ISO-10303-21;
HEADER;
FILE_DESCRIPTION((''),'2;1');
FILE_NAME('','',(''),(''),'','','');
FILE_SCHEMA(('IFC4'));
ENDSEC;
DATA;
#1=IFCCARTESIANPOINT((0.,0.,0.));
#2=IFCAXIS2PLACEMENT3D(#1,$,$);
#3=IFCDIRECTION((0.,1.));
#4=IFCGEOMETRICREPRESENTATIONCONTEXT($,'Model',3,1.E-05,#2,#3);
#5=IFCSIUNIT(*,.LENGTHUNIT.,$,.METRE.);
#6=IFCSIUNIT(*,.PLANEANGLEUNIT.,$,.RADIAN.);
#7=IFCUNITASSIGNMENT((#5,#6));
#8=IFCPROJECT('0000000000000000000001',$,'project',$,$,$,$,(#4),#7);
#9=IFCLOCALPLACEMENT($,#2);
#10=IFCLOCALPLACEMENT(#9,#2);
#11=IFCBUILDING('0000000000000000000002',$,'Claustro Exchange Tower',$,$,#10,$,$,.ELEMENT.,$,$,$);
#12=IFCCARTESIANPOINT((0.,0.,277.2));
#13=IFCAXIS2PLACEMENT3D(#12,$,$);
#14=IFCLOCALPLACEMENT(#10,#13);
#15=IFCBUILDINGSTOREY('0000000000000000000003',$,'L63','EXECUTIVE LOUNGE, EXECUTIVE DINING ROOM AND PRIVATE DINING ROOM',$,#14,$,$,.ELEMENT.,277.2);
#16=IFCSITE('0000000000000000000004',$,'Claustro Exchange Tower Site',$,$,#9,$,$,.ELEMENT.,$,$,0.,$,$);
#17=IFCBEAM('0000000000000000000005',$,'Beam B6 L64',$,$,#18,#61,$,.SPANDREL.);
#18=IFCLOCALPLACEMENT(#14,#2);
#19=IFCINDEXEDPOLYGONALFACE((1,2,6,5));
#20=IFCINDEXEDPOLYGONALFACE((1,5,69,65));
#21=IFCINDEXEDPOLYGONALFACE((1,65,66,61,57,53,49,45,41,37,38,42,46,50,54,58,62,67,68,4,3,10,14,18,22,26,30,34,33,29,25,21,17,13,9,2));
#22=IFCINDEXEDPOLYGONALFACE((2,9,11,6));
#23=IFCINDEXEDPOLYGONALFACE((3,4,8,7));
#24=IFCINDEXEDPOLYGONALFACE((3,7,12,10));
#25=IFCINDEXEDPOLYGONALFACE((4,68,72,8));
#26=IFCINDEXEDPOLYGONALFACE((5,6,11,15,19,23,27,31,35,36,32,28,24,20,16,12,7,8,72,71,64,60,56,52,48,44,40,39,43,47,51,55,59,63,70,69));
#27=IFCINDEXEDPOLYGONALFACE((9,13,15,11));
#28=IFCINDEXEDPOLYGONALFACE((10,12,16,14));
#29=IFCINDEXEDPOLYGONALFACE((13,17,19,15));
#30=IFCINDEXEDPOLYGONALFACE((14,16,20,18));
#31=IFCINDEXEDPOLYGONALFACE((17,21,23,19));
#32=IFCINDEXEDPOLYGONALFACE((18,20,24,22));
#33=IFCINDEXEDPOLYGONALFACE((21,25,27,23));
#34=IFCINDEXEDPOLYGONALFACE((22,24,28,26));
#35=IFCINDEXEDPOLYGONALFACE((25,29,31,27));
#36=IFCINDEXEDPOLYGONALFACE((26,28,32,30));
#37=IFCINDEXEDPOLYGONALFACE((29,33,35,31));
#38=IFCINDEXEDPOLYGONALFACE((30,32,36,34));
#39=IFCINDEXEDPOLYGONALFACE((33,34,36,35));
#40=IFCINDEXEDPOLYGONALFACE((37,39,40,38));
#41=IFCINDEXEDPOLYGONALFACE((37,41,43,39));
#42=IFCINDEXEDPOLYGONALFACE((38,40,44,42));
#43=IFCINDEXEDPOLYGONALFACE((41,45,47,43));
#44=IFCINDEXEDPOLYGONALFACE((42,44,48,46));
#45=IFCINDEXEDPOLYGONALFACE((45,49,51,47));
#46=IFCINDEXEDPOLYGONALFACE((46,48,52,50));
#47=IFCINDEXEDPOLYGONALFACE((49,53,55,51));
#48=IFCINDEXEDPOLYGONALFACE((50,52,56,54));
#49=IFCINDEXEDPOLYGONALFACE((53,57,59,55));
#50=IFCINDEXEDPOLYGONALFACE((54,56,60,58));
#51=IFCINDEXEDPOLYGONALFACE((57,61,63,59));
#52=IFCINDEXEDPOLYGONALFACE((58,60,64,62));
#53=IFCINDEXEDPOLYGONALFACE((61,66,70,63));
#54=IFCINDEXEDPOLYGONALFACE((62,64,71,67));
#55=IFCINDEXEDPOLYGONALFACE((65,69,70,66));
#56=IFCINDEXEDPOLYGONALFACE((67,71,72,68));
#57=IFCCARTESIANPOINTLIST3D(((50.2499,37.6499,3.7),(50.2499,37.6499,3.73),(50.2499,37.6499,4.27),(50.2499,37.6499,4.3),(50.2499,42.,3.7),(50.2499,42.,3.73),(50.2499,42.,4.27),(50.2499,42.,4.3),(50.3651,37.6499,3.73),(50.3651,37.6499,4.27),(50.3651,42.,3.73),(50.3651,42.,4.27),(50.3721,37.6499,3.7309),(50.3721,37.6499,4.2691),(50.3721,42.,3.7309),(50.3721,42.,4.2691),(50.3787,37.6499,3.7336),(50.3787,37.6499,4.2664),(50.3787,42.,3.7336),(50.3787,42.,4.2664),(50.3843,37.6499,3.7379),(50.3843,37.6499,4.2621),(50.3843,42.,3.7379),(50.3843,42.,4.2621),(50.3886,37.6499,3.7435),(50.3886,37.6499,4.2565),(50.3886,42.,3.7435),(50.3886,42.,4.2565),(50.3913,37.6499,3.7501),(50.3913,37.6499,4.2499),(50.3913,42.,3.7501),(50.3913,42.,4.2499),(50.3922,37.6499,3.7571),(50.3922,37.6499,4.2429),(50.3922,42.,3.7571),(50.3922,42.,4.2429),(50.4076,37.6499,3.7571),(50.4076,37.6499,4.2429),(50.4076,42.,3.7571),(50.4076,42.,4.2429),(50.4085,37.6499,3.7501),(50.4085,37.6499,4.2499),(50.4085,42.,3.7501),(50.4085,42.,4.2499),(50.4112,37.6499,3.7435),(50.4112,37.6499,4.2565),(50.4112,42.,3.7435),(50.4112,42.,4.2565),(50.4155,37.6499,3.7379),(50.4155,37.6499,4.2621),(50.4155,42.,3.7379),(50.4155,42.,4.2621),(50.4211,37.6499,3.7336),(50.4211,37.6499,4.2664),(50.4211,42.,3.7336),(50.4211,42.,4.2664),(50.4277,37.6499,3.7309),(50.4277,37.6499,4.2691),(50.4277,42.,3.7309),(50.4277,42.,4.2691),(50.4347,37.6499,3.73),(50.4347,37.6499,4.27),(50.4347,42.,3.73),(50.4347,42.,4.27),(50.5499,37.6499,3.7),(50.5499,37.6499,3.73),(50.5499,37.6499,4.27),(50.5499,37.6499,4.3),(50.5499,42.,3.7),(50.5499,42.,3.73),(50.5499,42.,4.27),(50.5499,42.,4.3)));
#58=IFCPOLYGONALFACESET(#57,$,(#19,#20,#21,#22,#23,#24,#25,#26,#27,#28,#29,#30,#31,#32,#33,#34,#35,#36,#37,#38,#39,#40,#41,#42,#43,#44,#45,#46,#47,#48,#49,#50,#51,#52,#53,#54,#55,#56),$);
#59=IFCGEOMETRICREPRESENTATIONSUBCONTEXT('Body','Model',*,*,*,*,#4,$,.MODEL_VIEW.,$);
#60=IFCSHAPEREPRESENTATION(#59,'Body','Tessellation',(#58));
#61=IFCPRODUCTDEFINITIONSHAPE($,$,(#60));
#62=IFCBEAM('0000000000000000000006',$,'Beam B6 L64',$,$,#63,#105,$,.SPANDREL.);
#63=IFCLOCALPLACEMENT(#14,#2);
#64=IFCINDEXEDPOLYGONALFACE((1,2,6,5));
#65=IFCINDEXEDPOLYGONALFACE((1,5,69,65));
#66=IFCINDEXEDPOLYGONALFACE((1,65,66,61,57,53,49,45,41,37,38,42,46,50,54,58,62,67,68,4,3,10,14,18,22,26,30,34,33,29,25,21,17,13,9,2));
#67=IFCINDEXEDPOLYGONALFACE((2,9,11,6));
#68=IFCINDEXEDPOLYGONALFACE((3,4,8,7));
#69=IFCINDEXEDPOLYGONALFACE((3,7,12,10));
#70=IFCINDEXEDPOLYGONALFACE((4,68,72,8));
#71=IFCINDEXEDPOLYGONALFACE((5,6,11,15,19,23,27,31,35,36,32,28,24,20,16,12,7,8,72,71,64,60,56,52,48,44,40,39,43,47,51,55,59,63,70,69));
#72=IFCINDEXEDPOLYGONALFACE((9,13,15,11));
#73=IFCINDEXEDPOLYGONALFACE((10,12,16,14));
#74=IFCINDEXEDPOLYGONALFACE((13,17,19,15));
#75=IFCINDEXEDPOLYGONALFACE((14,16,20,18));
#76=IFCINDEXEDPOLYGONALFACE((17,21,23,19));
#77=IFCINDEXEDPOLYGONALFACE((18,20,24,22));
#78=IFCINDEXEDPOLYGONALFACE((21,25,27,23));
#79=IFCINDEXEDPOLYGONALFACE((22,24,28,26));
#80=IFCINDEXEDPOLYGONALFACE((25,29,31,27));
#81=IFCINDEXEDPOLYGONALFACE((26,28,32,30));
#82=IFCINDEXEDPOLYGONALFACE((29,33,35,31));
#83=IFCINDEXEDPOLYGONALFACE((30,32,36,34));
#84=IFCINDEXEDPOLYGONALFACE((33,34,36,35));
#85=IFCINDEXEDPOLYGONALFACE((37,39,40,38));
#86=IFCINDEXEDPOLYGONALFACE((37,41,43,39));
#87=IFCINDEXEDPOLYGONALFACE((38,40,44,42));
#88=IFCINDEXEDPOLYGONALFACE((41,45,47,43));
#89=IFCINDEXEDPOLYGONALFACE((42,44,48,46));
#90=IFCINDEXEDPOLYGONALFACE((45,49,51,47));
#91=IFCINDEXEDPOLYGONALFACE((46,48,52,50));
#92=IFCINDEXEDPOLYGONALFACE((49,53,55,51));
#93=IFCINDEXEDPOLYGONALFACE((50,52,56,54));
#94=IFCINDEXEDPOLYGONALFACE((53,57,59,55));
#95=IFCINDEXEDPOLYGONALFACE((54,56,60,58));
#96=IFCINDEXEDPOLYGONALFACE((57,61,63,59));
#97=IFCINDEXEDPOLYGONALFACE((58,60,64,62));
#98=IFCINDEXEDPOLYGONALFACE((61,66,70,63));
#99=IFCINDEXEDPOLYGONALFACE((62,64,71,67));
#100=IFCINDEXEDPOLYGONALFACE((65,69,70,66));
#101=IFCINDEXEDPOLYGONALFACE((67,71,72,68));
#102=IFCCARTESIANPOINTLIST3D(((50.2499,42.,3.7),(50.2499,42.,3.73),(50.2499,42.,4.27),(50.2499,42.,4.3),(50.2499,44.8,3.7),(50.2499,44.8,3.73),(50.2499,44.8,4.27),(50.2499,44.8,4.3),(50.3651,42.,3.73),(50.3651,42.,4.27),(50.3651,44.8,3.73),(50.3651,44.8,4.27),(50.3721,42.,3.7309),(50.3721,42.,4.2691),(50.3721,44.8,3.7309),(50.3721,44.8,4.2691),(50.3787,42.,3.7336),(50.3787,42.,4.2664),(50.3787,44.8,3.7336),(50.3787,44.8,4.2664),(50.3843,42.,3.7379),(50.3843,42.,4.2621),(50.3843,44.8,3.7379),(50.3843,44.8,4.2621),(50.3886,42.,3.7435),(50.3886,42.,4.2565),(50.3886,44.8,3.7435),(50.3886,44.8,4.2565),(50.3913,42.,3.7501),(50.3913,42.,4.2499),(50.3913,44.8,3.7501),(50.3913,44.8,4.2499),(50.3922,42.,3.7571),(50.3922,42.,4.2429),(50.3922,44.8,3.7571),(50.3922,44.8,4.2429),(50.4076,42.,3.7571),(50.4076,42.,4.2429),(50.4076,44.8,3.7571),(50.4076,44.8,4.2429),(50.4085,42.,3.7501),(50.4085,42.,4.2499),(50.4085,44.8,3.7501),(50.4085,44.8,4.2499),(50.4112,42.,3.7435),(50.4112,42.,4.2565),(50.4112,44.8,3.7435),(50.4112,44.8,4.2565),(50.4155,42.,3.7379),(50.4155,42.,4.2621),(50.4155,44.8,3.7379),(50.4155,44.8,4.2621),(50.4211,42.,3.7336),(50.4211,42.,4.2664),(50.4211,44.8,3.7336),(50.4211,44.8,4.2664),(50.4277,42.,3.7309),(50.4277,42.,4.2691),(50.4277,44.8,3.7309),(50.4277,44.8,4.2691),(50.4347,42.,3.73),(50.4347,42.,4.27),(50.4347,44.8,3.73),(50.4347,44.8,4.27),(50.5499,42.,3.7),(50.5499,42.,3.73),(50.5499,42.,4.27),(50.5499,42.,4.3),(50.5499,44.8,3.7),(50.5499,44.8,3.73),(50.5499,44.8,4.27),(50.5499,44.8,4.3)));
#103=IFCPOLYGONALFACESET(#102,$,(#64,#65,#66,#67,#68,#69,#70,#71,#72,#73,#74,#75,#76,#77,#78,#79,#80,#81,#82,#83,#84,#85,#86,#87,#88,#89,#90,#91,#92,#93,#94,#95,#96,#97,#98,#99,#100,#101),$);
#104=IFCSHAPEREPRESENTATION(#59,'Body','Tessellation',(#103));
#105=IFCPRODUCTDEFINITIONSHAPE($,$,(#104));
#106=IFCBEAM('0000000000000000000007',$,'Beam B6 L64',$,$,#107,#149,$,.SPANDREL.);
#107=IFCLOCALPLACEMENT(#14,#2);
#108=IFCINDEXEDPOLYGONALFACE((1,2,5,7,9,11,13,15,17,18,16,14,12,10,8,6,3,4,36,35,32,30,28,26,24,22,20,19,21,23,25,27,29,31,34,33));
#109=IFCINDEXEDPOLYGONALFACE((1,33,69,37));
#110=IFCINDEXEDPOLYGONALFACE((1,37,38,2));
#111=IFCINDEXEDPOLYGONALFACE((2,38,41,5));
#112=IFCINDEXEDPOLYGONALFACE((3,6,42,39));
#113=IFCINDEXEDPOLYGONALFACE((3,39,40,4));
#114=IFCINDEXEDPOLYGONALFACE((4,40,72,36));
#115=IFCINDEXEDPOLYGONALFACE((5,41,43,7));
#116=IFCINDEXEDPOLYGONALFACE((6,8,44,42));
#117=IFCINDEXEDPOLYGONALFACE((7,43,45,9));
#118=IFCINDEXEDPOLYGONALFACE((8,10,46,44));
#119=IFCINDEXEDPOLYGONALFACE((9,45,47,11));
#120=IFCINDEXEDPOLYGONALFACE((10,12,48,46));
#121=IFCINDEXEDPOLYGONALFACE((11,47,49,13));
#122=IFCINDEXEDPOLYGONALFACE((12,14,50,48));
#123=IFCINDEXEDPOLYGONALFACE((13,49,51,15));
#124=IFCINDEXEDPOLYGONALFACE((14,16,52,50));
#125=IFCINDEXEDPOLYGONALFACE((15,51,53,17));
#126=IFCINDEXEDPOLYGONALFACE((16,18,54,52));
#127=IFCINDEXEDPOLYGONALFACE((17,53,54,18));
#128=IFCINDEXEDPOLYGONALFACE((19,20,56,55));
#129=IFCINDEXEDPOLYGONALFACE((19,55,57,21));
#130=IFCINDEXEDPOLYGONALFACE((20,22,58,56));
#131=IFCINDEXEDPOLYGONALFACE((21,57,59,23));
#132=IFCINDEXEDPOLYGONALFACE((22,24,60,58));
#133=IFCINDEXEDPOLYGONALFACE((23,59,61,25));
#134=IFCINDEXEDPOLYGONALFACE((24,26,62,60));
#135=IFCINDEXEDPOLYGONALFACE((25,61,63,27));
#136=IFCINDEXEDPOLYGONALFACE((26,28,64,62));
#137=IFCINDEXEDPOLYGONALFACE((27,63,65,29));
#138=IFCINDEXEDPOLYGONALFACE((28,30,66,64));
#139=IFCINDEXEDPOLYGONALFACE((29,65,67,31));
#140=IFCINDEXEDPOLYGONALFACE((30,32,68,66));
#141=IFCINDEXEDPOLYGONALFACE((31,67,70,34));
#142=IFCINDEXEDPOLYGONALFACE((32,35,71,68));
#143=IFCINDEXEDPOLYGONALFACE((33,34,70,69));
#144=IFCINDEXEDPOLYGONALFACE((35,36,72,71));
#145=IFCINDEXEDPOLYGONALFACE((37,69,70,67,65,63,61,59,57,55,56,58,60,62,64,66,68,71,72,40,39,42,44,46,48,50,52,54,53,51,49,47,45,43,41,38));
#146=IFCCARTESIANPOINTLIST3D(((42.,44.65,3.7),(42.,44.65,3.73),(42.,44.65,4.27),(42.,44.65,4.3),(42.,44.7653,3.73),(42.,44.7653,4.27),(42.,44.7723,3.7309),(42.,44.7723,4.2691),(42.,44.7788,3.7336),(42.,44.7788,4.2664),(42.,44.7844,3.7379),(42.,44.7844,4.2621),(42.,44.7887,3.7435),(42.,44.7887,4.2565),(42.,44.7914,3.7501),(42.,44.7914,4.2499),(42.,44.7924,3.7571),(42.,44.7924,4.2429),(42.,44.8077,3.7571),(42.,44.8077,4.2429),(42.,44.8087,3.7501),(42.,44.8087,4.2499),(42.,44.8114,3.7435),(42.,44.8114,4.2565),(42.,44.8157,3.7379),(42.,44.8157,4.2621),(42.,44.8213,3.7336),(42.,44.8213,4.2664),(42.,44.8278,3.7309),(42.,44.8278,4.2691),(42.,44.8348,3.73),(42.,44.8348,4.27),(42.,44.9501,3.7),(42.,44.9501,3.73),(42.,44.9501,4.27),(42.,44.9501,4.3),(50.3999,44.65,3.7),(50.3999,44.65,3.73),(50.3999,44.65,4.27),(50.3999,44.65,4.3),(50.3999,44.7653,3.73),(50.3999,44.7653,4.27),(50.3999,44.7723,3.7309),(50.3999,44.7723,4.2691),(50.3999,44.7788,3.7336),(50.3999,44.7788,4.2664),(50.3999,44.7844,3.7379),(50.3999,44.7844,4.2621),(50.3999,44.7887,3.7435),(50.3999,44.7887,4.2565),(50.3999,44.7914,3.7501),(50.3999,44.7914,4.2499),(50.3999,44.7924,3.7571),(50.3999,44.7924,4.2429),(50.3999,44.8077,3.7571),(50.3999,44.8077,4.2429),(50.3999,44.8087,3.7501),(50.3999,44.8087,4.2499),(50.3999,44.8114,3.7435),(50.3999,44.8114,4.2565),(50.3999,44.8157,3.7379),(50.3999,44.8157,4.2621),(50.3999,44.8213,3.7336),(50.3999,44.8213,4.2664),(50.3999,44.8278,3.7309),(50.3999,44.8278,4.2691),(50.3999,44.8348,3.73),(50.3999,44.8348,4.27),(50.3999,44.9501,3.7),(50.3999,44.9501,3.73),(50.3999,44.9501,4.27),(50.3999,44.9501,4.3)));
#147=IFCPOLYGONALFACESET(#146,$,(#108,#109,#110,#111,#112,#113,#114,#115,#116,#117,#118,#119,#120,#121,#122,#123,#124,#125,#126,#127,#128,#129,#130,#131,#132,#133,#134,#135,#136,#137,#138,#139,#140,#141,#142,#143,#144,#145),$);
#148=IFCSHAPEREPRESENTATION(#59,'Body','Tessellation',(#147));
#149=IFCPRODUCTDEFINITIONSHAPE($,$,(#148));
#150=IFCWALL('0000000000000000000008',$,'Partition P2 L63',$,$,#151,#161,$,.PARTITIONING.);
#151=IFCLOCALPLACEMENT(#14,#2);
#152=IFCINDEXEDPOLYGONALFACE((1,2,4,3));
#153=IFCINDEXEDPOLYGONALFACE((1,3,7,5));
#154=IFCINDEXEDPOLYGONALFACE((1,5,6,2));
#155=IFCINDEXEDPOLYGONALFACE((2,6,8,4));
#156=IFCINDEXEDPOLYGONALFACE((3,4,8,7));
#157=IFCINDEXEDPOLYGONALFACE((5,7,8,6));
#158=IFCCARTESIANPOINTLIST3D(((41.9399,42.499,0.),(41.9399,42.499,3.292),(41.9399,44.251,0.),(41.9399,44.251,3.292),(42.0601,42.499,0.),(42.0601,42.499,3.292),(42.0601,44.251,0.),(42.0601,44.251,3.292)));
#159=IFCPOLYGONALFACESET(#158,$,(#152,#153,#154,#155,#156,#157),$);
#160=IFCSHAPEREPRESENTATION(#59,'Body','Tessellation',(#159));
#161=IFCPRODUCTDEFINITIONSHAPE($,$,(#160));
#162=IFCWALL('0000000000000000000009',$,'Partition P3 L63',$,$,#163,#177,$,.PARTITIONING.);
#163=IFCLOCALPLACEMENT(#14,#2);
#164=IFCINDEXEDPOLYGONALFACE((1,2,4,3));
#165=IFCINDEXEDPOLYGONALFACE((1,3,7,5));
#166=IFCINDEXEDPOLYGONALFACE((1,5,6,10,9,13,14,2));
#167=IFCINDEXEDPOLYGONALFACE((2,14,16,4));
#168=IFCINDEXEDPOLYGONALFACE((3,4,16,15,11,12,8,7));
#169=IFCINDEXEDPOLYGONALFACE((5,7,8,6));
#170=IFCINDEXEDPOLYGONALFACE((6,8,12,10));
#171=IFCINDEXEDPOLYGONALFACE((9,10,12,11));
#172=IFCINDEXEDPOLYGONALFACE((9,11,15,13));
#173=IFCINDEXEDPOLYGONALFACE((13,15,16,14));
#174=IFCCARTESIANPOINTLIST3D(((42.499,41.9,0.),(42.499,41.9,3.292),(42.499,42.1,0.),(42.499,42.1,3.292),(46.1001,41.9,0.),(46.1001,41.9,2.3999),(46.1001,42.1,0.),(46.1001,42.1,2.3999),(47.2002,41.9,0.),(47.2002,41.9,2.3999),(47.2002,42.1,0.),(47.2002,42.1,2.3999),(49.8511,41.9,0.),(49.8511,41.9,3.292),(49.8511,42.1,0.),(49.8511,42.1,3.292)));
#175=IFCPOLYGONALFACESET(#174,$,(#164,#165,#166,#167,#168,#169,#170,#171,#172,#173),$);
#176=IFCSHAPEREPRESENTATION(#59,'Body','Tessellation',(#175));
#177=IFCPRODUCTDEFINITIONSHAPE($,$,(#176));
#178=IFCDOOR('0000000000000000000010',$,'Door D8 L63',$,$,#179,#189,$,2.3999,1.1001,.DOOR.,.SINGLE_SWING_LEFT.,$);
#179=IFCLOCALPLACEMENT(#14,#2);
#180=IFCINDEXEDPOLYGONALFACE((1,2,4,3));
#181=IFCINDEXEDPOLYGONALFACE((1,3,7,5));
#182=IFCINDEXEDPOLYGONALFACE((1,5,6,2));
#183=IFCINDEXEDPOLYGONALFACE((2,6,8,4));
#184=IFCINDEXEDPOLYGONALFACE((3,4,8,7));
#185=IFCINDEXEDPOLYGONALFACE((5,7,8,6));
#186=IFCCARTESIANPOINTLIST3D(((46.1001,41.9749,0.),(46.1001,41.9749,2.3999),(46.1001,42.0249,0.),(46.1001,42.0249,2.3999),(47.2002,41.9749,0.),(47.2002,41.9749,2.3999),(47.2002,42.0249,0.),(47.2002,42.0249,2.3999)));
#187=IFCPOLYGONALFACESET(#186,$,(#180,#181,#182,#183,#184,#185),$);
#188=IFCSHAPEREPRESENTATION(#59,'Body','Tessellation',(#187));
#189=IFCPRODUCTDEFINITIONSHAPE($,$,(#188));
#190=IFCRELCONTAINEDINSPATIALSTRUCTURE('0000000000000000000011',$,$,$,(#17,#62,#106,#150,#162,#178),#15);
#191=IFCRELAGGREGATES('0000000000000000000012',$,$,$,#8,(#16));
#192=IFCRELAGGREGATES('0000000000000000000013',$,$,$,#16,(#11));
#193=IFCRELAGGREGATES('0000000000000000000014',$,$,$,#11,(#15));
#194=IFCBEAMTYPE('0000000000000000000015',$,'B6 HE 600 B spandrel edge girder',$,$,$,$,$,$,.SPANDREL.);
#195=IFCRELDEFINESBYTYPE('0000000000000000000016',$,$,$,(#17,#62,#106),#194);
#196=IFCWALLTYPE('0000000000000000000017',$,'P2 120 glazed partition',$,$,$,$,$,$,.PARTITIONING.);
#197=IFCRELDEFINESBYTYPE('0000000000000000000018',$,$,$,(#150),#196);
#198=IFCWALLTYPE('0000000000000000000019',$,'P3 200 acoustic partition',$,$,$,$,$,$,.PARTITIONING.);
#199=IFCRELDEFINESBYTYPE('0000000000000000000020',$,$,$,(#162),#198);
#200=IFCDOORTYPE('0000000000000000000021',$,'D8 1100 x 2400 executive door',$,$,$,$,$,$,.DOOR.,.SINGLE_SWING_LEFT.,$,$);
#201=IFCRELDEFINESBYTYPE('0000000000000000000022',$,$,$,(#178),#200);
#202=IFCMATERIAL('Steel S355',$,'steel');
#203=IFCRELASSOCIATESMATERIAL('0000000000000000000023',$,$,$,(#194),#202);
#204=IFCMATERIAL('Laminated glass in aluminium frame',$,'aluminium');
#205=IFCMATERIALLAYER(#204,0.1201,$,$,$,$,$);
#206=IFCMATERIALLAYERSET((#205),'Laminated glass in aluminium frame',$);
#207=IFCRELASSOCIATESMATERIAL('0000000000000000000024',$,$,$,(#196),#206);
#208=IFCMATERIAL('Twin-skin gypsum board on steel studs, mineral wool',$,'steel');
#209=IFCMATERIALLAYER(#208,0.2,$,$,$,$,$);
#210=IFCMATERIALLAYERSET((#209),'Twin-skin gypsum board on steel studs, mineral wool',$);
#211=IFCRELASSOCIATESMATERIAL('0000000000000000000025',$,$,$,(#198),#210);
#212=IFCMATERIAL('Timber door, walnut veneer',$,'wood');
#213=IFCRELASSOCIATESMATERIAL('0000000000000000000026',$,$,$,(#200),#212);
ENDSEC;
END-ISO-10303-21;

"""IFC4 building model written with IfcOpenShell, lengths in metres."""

from ifc_helpers import new_model, si_unit, direction, frame, frame_2d, origin, origin_2d, place, context, subcontext, project, spatial, rectangle, i_section, extrude, material, layer, layer_set, material_profile, profile_set, type_object, element, fill, save


model = new_model("IFC4")

# Units and contexts
model_context = context("Model", 3, precision=1e-05, world=origin(), true_north=direction((0.0, 1.0)))
body_context = subcontext(model_context, "Body", "Model", "MODEL_VIEW")
ifc_project = project(units=[si_unit("LENGTHUNIT", "METRE"), si_unit("PLANEANGLEUNIT", "RADIAN")], contexts=[model_context])

# Site, building, storey
site_placement = place(None, origin())
site = spatial("IfcSite", under=ifc_project, at=site_placement, Name="Claustro Exchange Tower Site", CompositionType="ELEMENT", RefElevation=0.0)
building_placement = place(site_placement, origin())
building = spatial("IfcBuilding", under=site, at=building_placement, Name="Claustro Exchange Tower", CompositionType="ELEMENT")
storey_placement = place(building_placement, frame((0.0, 0.0, 277.2)))
storey = spatial("IfcBuildingStorey", under=building, at=storey_placement, Name="L63", Description="EXECUTIVE LOUNGE, EXECUTIVE DINING ROOM AND PRIVATE DINING ROOM", CompositionType="ELEMENT", Elevation=277.2)

# Beams
ifc_material_1 = material(Name="Steel S355", Category="steel")
ifc_material_profile_1 = material_profile(ifc_material_1, i_section(OverallWidth=0.3, OverallDepth=0.6001, WebThickness=0.0154, FlangeThickness=0.03, FilletRadius=0.0271, at=origin_2d()), Name="HE 600 B")
ifc_profile_set_1 = profile_set([ifc_material_profile_1], Name="Steel S355")
beam_type_1 = type_object("IfcBeamType", Name="B6 HE 600 B spandrel edge girder", PredefinedType="SPANDREL", material=ifc_profile_set_1)
beam_1_placement = place(storey_placement, frame((50.3999, 37.6499, 4.0), z_axis=(0.0, 1.0, 0.0), x_axis=(-1.0, 0.0, 0.0)))
element("IfcBeam", 1, at=beam_1_placement, inside=storey, type_object=beam_type_1, Name="Beam B6 L64", PredefinedType="SPANDREL", context=body_context, shape_type="SweptSolid", body=[
    extrude(i_section(OverallWidth=0.3, OverallDepth=0.6001, WebThickness=0.0154, FlangeThickness=0.03, FilletRadius=0.0271, at=origin_2d()), origin(), (0.0, 0.0, 1.0), 4.3501),
])
beam_2_placement = place(storey_placement, frame((50.3999, 42.0, 4.0), z_axis=(0.0, 1.0, 0.0), x_axis=(-1.0, 0.0, 0.0)))
element("IfcBeam", 2, at=beam_2_placement, inside=storey, type_object=beam_type_1, Name="Beam B6 L64", PredefinedType="SPANDREL", context=body_context, shape_type="SweptSolid", body=[
    extrude(i_section(OverallWidth=0.3, OverallDepth=0.6001, WebThickness=0.0154, FlangeThickness=0.03, FilletRadius=0.0271, at=origin_2d()), origin(), (0.0, 0.0, 1.0), 2.8),
])
beam_3_placement = place(storey_placement, frame((42.0, 44.8, 4.0), z_axis=(1.0, 0.0, 0.0), x_axis=(0.0, 1.0, 0.0)))
element("IfcBeam", 3, at=beam_3_placement, inside=storey, type_object=beam_type_1, Name="Beam B6 L64", PredefinedType="SPANDREL", context=body_context, shape_type="SweptSolid", body=[
    extrude(i_section(OverallWidth=0.3, OverallDepth=0.6001, WebThickness=0.0154, FlangeThickness=0.03, FilletRadius=0.0271, at=origin_2d()), origin(), (0.0, 0.0, 1.0), 8.3999),
])

# Wall
ifc_material_2 = material(Name="Laminated glass in aluminium frame", Category="aluminium")
ifc_layer_1 = layer(ifc_material_2, 0.1201)
ifc_layer_set_1 = layer_set([ifc_layer_1], Name="Laminated glass in aluminium frame")
wall_type_1 = type_object("IfcWallType", Name="P2 120 glazed partition", PredefinedType="PARTITIONING", material=ifc_layer_set_1)
wall_1_placement = place(storey_placement, frame((42.0, 42.499, 0.0), z_axis=(0.0, 0.0, 1.0), x_axis=(0.0, 1.0, 0.0)))
element("IfcWall", 4, at=wall_1_placement, inside=storey, type_object=wall_type_1, Name="Partition P2 L63", PredefinedType="PARTITIONING", context=body_context, shape_type="SweptSolid", body=[
    extrude(rectangle(XDim=1.752, YDim=0.1201, at=frame_2d((0.876, 0.0))), origin(), (0.0, 0.0, 1.0), 3.292),
])

# Wall, opening, door
ifc_material_3 = material(Name="Twin-skin gypsum board on steel studs, mineral wool", Category="steel")
ifc_layer_2 = layer(ifc_material_3, 0.2)
ifc_layer_set_2 = layer_set([ifc_layer_2], Name="Twin-skin gypsum board on steel studs, mineral wool")
wall_type_2 = type_object("IfcWallType", Name="P3 200 acoustic partition", PredefinedType="PARTITIONING", material=ifc_layer_set_2)
wall_2_placement = place(storey_placement, frame((42.499, 42.0, 0.0), z_axis=(0.0, 0.0, 1.0), x_axis=(1.0, 0.0, 0.0)))
wall_2 = element("IfcWall", 5, at=wall_2_placement, inside=storey, type_object=wall_type_2, Name="Partition P3 L63", PredefinedType="PARTITIONING", context=body_context, shape_type="SweptSolid", body=[
    extrude(rectangle(XDim=7.3521, YDim=0.2, at=frame_2d((3.676, 0.0))), origin(), (0.0, 0.0, 1.0), 3.292),
])
opening_1_placement = place(wall_2_placement, frame((3.6011, 0.0, 0.0)))
opening_1 = element("IfcOpeningElement", 6, at=opening_1_placement, cuts=wall_2, PredefinedType="OPENING", context=body_context, shape_type="SweptSolid", body=[
    extrude(rectangle(XDim=1.1001, YDim=2.3999, at=frame_2d((0.55, 1.2))), frame((0.0, 0.1099, 0.0), z_axis=(0.0, -1.0, 0.0), x_axis=(1.0, 0.0, 0.0)), (0.0, 0.0, 1.0), 0.22),
])
ifc_material_4 = material(Name="Timber door, walnut veneer", Category="wood")
door_type = type_object("IfcDoorType", Name="D8 1100 x 2400 executive door", OperationType="SINGLE_SWING_LEFT", PredefinedType="DOOR", material=ifc_material_4)
door_placement = place(opening_1_placement, origin())
door = element("IfcDoor", 7, at=door_placement, inside=storey, type_object=door_type, Name="Door D8 L63", OperationType="SINGLE_SWING_LEFT", OverallHeight=2.3999, OverallWidth=1.1001, PredefinedType="DOOR", context=body_context, shape_type="SweptSolid", body=[
    extrude(rectangle(XDim=1.1001, YDim=2.3999, at=frame_2d((0.55, 1.2))), frame((0.0, 0.0249, 0.0), z_axis=(0.0, -1.0, 0.0), x_axis=(1.0, 0.0, 0.0)), (0.0, 0.0, 1.0), 0.05),
])
fill(opening_1, door)

save(model, "model.ifc")
